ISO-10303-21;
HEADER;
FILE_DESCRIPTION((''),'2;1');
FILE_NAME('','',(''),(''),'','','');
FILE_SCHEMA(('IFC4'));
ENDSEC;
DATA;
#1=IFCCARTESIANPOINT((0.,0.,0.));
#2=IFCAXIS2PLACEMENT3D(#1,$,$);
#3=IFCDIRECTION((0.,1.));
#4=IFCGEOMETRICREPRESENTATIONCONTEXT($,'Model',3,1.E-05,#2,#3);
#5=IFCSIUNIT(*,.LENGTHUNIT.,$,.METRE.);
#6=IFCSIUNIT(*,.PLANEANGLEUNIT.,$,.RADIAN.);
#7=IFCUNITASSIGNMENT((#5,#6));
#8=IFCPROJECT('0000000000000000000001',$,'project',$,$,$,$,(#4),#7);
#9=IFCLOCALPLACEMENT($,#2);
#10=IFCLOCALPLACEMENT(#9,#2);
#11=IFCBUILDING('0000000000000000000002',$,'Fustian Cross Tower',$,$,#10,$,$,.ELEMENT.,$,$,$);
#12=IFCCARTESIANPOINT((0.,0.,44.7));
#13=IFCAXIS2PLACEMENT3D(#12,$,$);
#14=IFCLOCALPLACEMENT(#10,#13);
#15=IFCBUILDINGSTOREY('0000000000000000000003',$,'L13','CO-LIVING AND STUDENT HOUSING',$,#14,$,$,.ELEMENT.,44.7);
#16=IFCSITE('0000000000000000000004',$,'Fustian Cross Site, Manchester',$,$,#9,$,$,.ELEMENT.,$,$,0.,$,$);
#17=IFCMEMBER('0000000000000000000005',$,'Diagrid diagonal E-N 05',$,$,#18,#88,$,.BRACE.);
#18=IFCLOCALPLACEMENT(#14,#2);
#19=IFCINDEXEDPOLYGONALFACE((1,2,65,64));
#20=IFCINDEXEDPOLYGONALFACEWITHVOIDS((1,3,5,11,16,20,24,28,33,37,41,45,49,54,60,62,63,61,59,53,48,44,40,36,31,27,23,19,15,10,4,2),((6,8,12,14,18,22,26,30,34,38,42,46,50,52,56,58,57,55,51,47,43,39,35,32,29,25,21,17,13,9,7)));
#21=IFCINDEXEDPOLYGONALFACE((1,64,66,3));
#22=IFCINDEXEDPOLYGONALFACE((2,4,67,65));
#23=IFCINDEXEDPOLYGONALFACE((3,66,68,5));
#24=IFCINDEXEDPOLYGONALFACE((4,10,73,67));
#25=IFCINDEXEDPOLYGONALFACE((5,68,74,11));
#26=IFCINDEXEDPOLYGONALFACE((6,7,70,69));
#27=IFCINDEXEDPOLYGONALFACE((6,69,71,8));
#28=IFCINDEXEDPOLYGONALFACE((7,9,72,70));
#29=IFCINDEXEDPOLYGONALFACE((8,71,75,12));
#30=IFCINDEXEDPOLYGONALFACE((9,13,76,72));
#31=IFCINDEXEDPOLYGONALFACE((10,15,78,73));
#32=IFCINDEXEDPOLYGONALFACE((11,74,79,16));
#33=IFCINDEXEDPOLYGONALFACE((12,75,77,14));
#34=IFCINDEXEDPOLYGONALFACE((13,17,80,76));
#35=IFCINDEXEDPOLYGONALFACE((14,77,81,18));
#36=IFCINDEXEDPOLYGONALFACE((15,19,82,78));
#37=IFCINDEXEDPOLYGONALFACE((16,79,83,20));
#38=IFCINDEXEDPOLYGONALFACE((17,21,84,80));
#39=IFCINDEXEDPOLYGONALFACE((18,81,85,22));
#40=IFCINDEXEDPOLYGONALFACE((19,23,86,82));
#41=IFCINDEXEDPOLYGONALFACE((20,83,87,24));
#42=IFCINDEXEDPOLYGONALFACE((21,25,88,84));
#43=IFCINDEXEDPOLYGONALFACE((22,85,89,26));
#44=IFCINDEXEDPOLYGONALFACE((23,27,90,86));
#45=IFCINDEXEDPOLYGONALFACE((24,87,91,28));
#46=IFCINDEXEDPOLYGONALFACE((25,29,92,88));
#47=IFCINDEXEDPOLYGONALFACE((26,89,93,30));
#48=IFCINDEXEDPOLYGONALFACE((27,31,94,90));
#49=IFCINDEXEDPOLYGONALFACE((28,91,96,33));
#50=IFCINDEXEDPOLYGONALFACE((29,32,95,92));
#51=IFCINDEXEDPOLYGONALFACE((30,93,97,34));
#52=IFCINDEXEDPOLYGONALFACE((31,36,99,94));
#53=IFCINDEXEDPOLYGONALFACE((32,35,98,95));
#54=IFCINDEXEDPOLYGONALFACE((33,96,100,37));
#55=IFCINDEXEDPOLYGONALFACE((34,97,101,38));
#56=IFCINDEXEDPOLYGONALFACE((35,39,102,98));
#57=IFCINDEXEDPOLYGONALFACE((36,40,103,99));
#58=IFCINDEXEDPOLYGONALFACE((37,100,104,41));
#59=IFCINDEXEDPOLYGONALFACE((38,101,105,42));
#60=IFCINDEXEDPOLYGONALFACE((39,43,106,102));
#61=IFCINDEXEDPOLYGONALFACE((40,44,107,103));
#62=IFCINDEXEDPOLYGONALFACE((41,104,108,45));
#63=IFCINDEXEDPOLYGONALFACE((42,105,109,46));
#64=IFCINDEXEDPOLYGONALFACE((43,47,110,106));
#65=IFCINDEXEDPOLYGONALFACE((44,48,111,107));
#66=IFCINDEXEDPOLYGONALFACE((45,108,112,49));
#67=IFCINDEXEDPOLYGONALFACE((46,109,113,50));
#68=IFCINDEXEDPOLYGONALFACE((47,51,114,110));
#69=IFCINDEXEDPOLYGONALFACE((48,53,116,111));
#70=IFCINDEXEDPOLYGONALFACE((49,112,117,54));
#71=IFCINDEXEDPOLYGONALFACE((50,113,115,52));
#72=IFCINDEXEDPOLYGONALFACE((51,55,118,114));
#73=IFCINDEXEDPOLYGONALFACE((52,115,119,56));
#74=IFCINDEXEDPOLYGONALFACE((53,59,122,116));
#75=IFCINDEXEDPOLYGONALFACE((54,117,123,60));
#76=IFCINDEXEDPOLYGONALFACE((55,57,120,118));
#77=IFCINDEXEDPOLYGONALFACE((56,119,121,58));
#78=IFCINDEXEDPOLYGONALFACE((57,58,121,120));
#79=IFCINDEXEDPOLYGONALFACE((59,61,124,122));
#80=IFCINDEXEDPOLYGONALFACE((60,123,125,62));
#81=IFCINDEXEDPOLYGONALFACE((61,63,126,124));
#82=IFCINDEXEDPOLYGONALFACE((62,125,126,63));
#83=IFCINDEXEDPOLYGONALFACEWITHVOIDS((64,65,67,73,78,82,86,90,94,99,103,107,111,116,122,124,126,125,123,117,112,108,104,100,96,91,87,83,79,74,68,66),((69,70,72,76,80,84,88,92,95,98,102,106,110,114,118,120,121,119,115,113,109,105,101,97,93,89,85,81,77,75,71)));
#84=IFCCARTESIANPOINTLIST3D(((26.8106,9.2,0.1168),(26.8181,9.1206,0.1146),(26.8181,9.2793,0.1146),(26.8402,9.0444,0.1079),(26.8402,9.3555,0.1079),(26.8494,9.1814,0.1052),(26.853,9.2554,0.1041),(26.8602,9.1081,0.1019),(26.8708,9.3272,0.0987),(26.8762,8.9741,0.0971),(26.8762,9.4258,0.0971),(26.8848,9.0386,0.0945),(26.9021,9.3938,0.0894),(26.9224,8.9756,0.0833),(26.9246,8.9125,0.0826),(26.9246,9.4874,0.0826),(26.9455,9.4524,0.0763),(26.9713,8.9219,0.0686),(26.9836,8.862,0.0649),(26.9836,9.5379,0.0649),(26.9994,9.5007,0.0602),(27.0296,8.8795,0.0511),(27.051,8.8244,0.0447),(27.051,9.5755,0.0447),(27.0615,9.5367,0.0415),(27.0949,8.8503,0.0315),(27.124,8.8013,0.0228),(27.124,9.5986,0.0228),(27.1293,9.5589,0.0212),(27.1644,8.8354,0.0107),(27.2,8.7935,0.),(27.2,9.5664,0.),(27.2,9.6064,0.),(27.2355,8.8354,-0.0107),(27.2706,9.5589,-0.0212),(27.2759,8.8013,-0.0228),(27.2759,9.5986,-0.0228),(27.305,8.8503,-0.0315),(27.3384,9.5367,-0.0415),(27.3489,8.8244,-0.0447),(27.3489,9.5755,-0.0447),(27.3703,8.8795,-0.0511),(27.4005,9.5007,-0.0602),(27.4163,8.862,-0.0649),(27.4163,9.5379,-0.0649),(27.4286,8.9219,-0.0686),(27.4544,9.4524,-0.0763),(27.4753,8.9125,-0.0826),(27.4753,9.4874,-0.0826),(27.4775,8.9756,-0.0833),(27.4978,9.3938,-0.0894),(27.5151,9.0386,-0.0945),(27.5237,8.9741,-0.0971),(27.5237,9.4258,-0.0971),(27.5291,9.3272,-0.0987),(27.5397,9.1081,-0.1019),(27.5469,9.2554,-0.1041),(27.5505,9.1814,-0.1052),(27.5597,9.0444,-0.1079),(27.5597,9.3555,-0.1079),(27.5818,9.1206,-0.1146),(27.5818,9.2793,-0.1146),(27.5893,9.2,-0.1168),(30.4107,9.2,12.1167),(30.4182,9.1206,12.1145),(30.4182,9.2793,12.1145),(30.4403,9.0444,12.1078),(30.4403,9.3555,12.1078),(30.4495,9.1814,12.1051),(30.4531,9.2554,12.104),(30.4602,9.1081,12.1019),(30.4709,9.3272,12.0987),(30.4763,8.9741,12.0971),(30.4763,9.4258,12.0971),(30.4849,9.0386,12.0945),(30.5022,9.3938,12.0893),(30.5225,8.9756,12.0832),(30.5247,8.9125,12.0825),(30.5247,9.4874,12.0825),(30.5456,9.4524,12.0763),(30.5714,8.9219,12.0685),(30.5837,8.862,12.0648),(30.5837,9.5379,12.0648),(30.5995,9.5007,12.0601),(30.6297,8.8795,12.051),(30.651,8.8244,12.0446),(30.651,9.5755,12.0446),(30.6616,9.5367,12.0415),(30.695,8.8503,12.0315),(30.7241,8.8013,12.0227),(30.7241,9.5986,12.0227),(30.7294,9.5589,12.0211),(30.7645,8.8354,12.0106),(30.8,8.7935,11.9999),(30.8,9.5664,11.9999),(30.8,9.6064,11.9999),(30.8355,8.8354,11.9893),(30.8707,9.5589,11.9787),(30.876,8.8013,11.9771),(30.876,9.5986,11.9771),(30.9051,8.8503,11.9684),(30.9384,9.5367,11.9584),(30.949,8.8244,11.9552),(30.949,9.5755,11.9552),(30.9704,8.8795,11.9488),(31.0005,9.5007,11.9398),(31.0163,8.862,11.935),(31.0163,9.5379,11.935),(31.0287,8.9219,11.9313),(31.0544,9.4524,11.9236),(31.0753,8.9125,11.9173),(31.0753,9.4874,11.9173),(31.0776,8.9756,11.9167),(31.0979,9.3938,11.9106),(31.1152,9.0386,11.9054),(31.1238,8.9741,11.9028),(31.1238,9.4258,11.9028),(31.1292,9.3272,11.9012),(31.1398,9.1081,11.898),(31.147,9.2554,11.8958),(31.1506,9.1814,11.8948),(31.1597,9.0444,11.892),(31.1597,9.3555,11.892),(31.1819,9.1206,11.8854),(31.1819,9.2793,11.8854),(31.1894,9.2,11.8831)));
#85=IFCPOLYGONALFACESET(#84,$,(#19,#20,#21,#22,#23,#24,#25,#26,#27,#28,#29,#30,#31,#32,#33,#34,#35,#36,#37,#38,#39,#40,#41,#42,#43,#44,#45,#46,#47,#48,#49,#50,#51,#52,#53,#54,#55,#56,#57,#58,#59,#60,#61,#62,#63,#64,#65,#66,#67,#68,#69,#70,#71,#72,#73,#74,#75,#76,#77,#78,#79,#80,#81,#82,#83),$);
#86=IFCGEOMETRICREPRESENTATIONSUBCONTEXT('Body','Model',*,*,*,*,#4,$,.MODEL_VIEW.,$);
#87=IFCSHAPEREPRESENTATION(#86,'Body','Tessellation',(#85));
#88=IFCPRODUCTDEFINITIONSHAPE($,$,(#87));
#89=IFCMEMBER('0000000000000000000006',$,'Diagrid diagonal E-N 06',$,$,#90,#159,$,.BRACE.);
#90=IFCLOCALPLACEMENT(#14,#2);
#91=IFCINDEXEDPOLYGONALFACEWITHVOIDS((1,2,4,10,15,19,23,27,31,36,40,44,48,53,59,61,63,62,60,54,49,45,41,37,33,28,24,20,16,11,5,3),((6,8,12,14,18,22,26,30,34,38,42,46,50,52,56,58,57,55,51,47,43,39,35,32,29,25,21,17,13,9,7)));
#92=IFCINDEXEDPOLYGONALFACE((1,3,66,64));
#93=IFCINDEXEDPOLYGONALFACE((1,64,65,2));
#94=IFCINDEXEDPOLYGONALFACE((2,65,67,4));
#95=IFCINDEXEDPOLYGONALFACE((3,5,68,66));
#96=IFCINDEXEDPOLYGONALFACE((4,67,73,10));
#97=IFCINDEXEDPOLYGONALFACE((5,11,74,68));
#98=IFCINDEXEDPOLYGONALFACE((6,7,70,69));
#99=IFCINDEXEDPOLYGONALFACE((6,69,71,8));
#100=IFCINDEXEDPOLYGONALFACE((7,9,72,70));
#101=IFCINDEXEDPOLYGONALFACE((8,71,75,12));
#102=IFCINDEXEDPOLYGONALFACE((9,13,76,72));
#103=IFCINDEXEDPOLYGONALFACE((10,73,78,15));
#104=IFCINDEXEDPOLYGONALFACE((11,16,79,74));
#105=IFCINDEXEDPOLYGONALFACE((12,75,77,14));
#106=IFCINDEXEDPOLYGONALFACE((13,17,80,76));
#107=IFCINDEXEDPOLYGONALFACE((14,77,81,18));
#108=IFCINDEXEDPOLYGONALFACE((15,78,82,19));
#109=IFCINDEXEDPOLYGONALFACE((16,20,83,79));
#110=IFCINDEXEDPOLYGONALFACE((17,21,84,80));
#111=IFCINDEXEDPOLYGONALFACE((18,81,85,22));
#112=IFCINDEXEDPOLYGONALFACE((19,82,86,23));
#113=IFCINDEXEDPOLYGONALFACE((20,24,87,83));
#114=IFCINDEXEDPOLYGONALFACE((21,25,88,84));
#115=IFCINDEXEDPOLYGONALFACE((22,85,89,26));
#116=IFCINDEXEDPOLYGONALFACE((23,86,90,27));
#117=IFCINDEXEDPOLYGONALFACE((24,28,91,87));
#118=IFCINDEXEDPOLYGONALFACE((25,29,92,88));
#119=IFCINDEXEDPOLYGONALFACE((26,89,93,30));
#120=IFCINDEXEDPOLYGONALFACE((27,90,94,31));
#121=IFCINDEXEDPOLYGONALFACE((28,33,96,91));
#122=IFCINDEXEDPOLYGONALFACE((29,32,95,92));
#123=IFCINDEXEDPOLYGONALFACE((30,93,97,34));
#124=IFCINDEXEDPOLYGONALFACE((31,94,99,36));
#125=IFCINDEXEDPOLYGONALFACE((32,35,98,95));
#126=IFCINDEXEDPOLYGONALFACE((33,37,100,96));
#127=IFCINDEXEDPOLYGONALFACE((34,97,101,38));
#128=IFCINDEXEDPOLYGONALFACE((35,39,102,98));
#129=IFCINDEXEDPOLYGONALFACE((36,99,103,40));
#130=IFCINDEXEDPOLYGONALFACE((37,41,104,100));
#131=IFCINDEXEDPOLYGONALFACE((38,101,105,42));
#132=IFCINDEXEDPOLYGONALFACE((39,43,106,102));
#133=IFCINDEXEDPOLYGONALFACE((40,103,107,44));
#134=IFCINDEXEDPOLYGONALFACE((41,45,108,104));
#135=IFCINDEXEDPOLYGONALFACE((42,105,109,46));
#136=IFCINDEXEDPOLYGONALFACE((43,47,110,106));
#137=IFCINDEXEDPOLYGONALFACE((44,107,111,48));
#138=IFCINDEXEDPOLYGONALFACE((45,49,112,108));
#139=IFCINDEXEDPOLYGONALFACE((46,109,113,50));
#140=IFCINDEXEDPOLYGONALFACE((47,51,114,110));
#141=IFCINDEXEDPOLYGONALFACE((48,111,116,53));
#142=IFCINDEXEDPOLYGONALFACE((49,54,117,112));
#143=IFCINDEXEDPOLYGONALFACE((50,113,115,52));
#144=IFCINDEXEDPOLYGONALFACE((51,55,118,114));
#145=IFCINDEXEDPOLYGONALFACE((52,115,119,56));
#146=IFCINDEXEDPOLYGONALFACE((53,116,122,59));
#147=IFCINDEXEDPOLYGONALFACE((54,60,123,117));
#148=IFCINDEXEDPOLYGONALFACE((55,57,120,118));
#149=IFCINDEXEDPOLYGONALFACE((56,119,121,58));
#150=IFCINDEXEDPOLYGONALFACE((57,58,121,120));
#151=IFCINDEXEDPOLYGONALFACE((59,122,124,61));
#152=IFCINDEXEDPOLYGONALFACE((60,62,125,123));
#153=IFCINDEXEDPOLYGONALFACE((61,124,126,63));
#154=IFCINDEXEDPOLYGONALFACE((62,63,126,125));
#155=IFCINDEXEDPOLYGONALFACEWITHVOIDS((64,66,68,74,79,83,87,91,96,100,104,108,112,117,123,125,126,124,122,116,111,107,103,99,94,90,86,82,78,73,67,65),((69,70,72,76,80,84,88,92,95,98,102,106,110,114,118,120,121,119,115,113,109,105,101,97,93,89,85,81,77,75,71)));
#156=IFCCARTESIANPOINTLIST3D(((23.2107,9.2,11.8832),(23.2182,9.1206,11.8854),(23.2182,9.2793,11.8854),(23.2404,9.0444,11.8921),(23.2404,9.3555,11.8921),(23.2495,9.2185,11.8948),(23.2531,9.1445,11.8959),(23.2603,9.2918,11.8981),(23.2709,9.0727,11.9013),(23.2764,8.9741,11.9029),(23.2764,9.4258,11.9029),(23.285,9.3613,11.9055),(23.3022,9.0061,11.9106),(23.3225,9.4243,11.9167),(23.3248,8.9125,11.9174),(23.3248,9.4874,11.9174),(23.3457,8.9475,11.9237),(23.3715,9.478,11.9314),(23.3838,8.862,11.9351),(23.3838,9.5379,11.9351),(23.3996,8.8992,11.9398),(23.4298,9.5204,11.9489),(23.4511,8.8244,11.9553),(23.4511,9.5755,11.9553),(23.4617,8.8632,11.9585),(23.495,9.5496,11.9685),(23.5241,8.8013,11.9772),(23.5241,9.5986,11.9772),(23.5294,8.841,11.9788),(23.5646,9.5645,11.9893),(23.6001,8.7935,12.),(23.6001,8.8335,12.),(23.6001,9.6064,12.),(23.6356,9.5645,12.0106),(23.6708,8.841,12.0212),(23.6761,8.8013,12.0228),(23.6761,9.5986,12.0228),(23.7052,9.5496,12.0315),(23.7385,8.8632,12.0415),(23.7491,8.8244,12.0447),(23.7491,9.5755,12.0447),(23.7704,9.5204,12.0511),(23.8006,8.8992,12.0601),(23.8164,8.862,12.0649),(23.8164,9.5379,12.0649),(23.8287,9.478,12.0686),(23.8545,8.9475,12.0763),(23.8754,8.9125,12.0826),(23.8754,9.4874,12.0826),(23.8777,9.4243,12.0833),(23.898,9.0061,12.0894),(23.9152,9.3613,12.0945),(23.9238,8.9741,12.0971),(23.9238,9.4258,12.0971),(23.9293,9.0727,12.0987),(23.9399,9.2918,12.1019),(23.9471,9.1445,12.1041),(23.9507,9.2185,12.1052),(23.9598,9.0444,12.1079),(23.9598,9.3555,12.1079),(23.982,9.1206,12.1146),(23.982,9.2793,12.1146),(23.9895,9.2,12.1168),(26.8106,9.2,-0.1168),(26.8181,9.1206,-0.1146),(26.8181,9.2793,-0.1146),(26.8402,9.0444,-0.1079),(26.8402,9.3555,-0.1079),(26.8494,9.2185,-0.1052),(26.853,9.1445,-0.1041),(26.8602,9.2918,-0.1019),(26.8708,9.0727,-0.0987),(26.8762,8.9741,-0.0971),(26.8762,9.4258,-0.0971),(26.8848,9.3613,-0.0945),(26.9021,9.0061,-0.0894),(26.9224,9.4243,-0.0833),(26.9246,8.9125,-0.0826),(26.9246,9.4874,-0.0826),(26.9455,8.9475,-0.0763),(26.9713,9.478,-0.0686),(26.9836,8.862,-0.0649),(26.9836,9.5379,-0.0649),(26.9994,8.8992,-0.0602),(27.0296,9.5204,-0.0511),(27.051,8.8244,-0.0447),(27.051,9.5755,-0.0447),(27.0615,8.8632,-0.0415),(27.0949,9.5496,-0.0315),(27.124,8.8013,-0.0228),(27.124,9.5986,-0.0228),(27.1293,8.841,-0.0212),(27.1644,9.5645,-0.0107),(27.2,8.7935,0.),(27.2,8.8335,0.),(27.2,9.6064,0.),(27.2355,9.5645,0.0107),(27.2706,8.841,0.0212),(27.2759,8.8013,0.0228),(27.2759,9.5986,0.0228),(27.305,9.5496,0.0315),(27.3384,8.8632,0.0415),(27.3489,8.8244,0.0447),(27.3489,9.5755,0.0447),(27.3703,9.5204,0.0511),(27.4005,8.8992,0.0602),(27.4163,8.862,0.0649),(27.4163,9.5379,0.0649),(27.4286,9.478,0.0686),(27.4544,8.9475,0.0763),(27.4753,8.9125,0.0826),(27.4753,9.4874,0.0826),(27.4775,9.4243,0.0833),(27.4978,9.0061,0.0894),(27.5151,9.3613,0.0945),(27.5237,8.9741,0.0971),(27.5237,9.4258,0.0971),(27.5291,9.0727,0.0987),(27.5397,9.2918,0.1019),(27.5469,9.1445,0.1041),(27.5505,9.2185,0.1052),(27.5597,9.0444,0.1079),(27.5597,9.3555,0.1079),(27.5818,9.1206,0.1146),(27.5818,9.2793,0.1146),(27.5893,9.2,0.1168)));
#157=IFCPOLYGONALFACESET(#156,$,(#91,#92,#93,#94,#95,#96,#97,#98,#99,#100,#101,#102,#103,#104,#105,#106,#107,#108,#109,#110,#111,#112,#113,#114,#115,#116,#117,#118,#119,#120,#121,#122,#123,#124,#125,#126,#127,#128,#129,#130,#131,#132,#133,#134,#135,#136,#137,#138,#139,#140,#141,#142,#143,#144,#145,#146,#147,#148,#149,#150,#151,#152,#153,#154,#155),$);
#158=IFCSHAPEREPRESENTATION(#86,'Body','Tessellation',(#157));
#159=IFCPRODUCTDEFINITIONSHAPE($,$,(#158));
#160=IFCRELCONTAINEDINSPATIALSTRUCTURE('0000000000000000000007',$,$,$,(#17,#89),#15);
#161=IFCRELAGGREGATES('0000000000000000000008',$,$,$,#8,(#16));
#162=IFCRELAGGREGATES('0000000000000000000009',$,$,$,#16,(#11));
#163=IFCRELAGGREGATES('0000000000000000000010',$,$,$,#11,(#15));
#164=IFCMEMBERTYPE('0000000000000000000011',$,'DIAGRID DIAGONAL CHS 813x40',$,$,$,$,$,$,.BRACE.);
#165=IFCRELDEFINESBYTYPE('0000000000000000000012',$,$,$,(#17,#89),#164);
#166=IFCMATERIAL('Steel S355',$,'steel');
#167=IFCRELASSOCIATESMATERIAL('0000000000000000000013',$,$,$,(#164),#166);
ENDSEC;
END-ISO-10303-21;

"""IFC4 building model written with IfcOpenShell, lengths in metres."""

from ifc_helpers import new_model, si_unit, direction, frame, origin, origin_2d, place, context, subcontext, project, spatial, hollow_circle, extrude, material, material_profile, profile_set, type_object, element, save


model = new_model("IFC4")

# Units and contexts
model_context = context("Model", 3, precision=1e-05, world=origin(), true_north=direction((0.0, 1.0)))
body_context = subcontext(model_context, "Body", "Model", "MODEL_VIEW")
ifc_project = project(units=[si_unit("LENGTHUNIT", "METRE"), si_unit("PLANEANGLEUNIT", "RADIAN")], contexts=[model_context])

# Site, building, storey
site_placement = place(None, origin())
site = spatial("IfcSite", under=ifc_project, at=site_placement, Name="Fustian Cross Site, Manchester", CompositionType="ELEMENT", RefElevation=0.0)
building_placement = place(site_placement, origin())
building = spatial("IfcBuilding", under=site, at=building_placement, Name="Fustian Cross Tower", CompositionType="ELEMENT")
storey_placement = place(building_placement, frame((0.0, 0.0, 44.7)))
storey = spatial("IfcBuildingStorey", under=building, at=storey_placement, Name="L13", Description="CO-LIVING AND STUDENT HOUSING", CompositionType="ELEMENT", Elevation=44.7)

# Members
ifc_material_1 = material(Name="Steel S355", Category="steel")
ifc_material_profile_1 = material_profile(ifc_material_1, hollow_circle(Radius=0.4065, WallThickness=0.04, at=origin_2d()), Name="CHS 813x40")
ifc_profile_set_1 = profile_set([ifc_material_profile_1], Name="Steel S355")
member_type_1 = type_object("IfcMemberType", Name="DIAGRID DIAGONAL CHS 813x40", PredefinedType="BRACE", material=ifc_profile_set_1)
for number, where, z_axis, x_axis, name in (
    (1, (27.2, 9.2, 0.0), (0.287355, 0.0, 0.957824), (0.0, 1.0, 0.0), "Diagrid diagonal E-N 05"),
    (2, (27.2, 9.2, 0.0), (-0.287337, 0.0, 0.95783), (0.0, -1.0, 0.0), "Diagrid diagonal E-N 06"),
):
    element("IfcMember", number, at=place(storey_placement, frame(where, z_axis=z_axis, x_axis=x_axis)), inside=storey, type_object=member_type_1, Name=name, PredefinedType="BRACE", context=body_context, shape_type="SweptSolid", body=[
        extrude(hollow_circle(Radius=0.4065, WallThickness=0.04, at=origin_2d()), origin(), (0.0, 0.0, 1.0), 12.5283),
    ])

save(model, "model.ifc")
